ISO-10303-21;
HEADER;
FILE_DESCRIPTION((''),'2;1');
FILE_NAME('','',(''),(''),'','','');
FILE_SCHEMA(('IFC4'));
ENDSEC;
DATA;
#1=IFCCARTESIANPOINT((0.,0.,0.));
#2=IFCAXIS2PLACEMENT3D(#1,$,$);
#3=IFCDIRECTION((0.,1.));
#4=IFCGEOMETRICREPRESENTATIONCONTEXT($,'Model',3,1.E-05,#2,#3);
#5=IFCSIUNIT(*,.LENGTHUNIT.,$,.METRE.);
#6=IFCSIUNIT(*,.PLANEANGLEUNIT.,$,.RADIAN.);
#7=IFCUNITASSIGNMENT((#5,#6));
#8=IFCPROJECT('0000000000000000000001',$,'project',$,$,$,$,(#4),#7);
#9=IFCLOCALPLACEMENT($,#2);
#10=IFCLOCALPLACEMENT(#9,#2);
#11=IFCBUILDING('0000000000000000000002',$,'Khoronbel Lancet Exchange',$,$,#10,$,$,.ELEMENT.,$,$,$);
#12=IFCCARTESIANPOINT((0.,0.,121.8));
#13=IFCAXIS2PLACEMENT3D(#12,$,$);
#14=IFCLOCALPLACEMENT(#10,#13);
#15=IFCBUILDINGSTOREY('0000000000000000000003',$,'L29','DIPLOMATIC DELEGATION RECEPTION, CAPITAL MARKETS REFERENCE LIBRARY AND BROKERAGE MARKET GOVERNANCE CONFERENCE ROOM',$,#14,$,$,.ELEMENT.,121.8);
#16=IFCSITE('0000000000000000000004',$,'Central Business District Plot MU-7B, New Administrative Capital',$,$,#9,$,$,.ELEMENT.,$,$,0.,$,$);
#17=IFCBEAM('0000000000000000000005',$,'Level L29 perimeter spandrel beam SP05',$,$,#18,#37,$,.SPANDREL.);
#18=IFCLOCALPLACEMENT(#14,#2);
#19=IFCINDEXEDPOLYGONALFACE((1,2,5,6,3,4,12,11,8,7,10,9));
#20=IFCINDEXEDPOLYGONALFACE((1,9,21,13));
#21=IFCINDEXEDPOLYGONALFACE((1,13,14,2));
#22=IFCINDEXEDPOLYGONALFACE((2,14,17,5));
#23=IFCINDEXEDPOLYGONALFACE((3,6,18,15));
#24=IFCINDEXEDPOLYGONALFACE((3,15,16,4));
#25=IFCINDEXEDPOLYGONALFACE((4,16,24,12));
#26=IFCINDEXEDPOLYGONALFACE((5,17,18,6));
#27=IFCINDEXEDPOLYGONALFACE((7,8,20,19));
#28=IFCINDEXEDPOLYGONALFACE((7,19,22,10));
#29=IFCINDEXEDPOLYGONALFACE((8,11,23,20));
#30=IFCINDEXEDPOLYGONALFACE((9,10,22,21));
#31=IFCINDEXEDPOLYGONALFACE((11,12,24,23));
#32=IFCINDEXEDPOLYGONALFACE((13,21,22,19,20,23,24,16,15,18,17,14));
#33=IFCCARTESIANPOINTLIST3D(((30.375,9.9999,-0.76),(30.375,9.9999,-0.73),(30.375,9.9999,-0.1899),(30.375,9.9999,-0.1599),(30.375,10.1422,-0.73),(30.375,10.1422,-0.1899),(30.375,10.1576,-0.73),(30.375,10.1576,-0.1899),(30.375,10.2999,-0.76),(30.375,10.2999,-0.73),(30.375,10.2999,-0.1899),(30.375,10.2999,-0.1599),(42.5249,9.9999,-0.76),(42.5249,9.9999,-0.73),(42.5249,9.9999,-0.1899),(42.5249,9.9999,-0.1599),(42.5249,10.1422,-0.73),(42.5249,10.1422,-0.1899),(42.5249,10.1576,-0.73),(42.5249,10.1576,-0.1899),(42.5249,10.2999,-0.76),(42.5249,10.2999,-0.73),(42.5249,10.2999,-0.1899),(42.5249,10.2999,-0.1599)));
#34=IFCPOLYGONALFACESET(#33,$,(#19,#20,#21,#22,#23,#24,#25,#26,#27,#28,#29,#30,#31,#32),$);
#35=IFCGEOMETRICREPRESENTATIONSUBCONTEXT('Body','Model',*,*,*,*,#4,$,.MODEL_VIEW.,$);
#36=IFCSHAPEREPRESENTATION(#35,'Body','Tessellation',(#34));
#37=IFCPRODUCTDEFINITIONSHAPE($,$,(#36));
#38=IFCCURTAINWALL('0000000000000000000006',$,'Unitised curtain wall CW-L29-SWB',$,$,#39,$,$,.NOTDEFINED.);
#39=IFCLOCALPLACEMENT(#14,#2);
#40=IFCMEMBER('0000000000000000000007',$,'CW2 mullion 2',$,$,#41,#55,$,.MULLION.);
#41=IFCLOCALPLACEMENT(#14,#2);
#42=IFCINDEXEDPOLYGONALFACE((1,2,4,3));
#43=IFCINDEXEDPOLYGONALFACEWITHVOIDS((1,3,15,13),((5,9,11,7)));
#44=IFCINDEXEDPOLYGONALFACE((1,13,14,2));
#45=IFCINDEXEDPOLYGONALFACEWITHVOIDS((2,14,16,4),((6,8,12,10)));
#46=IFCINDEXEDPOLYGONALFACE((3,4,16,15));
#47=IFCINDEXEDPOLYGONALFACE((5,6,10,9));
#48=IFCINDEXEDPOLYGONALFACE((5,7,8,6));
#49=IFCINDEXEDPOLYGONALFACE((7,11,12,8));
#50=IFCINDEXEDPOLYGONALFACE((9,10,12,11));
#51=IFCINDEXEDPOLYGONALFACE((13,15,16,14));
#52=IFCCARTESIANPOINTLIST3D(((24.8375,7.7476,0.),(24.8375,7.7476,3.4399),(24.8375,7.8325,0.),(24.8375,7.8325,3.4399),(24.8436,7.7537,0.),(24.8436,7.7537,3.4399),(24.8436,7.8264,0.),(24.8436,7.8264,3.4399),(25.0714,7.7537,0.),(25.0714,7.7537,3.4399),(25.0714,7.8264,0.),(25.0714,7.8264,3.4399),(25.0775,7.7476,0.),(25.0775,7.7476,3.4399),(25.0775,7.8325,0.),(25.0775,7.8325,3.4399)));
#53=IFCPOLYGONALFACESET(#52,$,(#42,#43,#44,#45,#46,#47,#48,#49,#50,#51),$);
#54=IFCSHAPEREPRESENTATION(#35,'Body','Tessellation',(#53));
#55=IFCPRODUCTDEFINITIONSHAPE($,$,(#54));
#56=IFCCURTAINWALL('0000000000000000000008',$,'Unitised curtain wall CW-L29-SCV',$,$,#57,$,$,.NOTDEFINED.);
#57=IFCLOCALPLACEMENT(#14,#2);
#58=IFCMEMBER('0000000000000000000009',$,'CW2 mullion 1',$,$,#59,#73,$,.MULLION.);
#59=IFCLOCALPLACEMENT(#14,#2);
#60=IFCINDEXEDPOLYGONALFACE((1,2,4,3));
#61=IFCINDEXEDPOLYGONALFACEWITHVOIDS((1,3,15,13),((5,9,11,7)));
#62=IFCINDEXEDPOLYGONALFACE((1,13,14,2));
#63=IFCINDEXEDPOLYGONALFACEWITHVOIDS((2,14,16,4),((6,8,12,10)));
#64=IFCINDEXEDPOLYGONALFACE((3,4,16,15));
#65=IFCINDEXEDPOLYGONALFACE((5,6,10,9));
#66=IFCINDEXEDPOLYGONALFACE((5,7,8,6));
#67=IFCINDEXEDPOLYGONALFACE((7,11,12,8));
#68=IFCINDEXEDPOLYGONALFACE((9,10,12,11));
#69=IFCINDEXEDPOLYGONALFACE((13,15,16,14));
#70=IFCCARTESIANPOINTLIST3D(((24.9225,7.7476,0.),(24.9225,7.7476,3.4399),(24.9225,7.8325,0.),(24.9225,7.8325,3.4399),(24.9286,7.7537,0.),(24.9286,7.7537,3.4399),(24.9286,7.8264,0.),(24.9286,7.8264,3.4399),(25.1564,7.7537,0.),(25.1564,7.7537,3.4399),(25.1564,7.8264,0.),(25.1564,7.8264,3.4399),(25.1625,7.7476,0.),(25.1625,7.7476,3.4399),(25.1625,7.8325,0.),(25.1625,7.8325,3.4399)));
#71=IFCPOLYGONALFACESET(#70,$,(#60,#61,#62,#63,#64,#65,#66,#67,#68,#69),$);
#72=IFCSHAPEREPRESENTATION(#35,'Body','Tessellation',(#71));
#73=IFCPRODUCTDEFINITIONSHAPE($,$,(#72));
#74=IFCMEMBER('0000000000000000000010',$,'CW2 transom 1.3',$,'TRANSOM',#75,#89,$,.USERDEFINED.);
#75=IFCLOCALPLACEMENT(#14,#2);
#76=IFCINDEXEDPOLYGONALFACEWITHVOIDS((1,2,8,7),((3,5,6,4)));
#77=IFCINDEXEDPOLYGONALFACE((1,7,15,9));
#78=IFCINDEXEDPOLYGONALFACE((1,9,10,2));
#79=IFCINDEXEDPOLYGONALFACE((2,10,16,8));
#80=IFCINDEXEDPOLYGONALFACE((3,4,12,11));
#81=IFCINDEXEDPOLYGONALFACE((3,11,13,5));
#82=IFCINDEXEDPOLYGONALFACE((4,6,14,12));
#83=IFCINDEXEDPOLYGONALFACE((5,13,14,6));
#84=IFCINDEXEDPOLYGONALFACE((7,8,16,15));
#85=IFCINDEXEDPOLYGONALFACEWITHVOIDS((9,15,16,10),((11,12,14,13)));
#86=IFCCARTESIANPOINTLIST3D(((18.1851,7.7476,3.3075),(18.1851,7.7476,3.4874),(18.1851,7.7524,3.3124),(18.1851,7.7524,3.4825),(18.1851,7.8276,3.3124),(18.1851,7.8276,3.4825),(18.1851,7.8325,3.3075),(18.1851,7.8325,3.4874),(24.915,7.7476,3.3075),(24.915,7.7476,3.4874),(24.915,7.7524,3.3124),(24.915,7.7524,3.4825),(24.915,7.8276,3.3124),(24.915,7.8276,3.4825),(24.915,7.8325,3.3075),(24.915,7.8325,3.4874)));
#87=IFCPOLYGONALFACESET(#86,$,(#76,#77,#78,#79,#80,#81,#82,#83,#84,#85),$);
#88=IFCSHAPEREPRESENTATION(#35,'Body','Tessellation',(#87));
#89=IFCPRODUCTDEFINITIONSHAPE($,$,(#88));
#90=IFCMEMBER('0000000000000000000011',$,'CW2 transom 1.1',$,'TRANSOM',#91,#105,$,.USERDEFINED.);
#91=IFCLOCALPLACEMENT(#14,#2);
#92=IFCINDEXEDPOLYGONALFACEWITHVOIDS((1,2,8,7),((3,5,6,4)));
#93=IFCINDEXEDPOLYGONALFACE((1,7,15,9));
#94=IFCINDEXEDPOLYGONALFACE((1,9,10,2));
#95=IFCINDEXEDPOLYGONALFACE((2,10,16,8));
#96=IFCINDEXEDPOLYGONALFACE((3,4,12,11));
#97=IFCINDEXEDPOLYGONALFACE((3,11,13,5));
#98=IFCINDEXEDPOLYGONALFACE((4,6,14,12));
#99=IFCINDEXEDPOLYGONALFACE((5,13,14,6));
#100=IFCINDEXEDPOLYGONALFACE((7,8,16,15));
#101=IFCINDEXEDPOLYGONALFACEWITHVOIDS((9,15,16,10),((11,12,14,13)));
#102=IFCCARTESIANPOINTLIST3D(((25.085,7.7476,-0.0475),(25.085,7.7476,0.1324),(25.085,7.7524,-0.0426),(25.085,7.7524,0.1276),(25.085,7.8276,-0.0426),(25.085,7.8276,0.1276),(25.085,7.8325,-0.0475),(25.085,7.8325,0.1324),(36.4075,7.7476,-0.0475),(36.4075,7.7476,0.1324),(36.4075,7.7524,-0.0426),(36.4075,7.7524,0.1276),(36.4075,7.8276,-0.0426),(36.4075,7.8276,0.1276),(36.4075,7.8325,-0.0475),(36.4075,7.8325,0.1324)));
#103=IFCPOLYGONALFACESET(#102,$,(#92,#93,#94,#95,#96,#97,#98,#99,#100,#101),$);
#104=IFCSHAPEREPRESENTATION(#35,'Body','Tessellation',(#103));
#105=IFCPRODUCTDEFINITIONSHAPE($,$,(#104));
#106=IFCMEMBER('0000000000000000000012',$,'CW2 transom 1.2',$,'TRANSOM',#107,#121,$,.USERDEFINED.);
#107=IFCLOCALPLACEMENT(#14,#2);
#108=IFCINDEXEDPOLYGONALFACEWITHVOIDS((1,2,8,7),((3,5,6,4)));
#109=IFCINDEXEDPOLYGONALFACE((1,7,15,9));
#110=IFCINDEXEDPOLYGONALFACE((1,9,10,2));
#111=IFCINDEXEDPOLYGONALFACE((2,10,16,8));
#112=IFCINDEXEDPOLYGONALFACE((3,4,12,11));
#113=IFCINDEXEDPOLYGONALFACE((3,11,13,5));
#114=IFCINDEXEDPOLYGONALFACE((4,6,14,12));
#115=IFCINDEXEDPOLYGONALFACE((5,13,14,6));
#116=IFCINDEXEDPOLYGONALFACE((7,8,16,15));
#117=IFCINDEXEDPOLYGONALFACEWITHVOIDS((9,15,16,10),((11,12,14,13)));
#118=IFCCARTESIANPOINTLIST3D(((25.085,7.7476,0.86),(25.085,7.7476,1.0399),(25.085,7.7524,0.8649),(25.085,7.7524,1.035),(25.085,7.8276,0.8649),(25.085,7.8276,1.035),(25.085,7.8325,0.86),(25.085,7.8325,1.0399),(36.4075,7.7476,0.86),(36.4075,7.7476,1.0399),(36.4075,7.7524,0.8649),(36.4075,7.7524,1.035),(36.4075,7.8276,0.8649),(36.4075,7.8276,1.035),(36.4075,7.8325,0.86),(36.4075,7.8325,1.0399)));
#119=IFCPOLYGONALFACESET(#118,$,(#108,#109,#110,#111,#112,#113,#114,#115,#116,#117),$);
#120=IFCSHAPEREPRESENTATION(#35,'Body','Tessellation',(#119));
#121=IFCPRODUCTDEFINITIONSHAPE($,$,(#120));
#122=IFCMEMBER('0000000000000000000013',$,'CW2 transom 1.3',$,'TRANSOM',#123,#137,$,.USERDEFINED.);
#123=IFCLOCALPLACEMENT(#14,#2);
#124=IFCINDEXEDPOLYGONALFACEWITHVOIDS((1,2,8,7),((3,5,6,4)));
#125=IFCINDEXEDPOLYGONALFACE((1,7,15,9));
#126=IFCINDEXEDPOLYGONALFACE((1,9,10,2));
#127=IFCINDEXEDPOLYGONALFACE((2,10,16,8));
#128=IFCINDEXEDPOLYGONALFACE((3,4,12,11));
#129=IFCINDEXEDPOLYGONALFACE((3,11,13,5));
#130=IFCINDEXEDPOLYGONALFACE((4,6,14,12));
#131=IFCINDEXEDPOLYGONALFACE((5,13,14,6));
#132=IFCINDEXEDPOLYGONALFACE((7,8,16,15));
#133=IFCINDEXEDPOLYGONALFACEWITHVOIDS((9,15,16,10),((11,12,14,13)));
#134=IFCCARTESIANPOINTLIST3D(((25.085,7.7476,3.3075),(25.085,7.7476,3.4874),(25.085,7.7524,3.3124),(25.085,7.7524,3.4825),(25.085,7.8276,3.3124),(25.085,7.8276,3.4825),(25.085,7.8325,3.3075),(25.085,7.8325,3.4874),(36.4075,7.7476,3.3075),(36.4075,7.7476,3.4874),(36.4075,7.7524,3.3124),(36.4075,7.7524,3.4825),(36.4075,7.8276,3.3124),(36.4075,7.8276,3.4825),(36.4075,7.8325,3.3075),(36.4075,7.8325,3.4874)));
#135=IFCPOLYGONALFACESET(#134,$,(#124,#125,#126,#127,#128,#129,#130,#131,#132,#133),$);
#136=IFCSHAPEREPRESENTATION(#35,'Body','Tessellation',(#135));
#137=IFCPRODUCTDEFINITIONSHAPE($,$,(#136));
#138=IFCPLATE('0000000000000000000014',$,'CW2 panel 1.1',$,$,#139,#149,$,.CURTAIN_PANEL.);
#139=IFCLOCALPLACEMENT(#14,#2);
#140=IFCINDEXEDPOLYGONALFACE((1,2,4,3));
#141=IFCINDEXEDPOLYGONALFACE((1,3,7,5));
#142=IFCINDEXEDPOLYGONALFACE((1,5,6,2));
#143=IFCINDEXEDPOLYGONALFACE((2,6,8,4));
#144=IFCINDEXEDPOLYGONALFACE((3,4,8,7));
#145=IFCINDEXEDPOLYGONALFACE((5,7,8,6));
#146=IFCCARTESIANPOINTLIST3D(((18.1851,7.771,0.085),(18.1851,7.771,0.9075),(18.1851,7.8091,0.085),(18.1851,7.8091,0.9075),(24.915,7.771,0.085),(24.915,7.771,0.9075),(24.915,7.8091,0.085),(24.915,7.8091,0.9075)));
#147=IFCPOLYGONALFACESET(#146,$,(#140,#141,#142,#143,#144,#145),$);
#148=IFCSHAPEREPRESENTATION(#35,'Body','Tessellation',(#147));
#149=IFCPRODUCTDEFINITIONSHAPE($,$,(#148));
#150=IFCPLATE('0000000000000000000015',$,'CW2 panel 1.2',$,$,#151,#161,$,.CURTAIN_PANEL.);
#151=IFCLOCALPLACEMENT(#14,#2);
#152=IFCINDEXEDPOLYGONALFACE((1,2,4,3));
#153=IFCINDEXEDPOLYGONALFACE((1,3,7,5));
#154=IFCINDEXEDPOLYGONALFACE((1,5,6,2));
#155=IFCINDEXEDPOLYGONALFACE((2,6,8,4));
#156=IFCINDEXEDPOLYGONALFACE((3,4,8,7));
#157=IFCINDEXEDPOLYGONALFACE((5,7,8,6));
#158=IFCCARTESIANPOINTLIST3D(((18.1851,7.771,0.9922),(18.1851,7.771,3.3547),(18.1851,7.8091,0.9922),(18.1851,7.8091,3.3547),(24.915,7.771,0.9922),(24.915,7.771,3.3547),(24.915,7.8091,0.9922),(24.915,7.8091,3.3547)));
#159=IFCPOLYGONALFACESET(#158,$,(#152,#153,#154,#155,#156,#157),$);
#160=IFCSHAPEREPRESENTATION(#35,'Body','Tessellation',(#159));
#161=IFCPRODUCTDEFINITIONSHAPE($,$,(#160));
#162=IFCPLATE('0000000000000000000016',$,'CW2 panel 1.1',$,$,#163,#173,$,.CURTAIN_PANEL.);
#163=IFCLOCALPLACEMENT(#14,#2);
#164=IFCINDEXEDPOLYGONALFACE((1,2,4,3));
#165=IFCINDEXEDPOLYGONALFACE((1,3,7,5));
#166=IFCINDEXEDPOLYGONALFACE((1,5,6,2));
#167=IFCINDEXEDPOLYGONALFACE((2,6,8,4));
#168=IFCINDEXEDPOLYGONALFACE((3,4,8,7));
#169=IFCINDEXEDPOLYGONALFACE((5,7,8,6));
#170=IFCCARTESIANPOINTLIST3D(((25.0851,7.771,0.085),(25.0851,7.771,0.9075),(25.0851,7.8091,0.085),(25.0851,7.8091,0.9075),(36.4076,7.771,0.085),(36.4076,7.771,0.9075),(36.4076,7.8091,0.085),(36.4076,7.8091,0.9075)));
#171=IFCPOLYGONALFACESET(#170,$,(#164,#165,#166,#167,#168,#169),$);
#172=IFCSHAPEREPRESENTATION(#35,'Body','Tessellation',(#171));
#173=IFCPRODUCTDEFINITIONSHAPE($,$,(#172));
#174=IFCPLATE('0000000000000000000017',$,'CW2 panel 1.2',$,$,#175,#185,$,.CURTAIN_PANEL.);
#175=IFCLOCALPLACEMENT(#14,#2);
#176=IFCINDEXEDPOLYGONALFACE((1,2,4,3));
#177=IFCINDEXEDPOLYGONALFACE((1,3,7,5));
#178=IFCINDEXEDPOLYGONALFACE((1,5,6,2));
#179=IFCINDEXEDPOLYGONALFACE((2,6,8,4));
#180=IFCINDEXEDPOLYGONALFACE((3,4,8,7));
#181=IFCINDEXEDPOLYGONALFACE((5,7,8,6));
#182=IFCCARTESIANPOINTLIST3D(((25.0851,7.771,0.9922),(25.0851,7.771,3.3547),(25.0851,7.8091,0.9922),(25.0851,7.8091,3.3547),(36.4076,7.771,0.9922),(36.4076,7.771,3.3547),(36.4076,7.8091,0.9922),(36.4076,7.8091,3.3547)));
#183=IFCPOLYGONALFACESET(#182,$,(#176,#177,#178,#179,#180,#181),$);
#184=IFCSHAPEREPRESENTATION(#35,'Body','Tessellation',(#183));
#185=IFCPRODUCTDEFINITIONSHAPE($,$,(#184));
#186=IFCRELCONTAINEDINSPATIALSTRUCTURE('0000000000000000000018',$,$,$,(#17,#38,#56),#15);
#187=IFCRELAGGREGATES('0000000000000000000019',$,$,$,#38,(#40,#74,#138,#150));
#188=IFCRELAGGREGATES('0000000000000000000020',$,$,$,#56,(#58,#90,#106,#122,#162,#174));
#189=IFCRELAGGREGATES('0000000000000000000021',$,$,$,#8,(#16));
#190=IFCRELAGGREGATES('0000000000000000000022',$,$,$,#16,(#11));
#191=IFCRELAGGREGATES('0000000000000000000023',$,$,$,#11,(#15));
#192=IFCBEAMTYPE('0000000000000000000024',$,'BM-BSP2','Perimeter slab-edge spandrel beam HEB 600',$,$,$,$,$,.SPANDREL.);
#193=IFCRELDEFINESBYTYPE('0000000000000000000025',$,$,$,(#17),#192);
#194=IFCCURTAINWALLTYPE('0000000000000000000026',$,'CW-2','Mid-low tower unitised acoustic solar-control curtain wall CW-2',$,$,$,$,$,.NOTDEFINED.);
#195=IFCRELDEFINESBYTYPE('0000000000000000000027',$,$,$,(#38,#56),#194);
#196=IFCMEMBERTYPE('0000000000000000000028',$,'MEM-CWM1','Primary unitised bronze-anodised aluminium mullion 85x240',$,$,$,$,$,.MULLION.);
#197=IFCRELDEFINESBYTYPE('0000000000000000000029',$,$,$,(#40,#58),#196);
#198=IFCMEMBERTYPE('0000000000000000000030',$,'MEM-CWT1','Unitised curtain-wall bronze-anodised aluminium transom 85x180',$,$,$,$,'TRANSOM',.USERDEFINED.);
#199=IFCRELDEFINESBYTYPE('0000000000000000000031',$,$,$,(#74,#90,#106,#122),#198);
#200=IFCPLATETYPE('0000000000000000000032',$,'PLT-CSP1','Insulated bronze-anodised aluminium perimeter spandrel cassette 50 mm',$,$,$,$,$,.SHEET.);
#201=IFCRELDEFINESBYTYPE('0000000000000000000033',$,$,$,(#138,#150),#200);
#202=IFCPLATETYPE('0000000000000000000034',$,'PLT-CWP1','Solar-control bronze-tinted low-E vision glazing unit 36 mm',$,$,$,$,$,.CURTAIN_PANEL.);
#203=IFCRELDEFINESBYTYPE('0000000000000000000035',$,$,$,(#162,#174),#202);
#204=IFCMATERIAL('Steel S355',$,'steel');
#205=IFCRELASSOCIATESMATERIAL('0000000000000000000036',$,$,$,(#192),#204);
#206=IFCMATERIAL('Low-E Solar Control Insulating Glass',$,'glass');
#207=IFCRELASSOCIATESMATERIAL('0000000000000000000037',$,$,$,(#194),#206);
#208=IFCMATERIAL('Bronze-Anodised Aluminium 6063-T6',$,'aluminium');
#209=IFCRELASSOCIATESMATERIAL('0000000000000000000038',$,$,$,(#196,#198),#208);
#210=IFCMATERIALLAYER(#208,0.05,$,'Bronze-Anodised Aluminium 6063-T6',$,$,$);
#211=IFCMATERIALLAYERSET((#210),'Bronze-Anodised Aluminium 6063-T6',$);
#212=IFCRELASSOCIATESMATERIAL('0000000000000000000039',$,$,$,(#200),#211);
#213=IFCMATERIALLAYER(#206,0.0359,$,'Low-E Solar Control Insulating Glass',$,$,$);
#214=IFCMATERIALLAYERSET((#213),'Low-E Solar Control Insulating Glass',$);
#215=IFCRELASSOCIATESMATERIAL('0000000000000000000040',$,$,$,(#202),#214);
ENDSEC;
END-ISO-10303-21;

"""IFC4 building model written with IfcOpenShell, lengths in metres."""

from ifc_helpers import new_model, si_unit, direction, frame, origin, origin_2d, place, context, subcontext, project, spatial, rectangle, hollow_rectangle, i_section, extrude, material, layer, layer_set, material_profile, profile_set, type_object, element, aggregate, save


model = new_model("IFC4")

# Units and contexts
model_context = context("Model", 3, precision=1e-05, world=origin(), true_north=direction((0.0, 1.0)))
body_context = subcontext(model_context, "Body", "Model", "MODEL_VIEW")
ifc_project = project(units=[si_unit("LENGTHUNIT", "METRE"), si_unit("PLANEANGLEUNIT", "RADIAN")], contexts=[model_context])

# Site, building, storey
site_placement = place(None, origin())
site = spatial("IfcSite", under=ifc_project, at=site_placement, Name="Central Business District Plot MU-7B, New Administrative Capital", CompositionType="ELEMENT", RefElevation=0.0)
building_placement = place(site_placement, origin())
building = spatial("IfcBuilding", under=site, at=building_placement, Name="Khoronbel Lancet Exchange", CompositionType="ELEMENT")
storey_placement = place(building_placement, frame((0.0, 0.0, 121.8)))
storey = spatial("IfcBuildingStorey", under=building, at=storey_placement, Name="L29", Description="DIPLOMATIC DELEGATION RECEPTION, CAPITAL MARKETS REFERENCE LIBRARY AND BROKERAGE MARKET GOVERNANCE CONFERENCE ROOM", CompositionType="ELEMENT", Elevation=121.8)

# Beam
ifc_material_1 = material(Name="Steel S355", Category="steel")
ifc_material_profile_1 = material_profile(ifc_material_1, i_section(OverallWidth=0.3, OverallDepth=0.6001, WebThickness=0.0154, FlangeThickness=0.03, at=origin_2d()), Name="HEB 600")
ifc_profile_set_1 = profile_set([ifc_material_profile_1], Name="Steel S355")
beam_type_1 = type_object("IfcBeamType", Name="BM-BSP2", Description="Perimeter slab-edge spandrel beam HEB 600", PredefinedType="SPANDREL", material=ifc_profile_set_1)
beam_1_placement = place(storey_placement, frame((30.375, 10.1499, -0.46), z_axis=(1.0, 0.0, 0.0), x_axis=(0.0, 1.0, 0.0)))
element("IfcBeam", 1, at=beam_1_placement, inside=storey, type_object=beam_type_1, Name="Level L29 perimeter spandrel beam SP05", PredefinedType="SPANDREL", context=body_context, shape_type="SweptSolid", body=[
    extrude(i_section(OverallWidth=0.3, OverallDepth=0.6001, WebThickness=0.0154, FlangeThickness=0.03, at=origin_2d()), origin(), (0.0, 0.0, 1.0), 12.1499),
])

# Curtain walls, members
ifc_material_2 = material(Name="Low-E Solar Control Insulating Glass", Category="glass")
curtain_wall_type = type_object("IfcCurtainWallType", Name="CW-2", Description="Mid-low tower unitised acoustic solar-control curtain wall CW-2", PredefinedType="NOTDEFINED", material=ifc_material_2)
curtain_wall_1_placement = place(storey_placement, origin())
curtain_wall_1 = element("IfcCurtainWall", 2, at=curtain_wall_1_placement, inside=storey, type_object=curtain_wall_type, Name="Unitised curtain wall CW-L29-SWB", PredefinedType="NOTDEFINED")
ifc_material_3 = material(Name="Bronze-Anodised Aluminium 6063-T6", Category="aluminium")
ifc_material_profile_2 = material_profile(ifc_material_3, hollow_rectangle(XDim=0.085, YDim=0.24, WallThickness=0.0061, at=origin_2d()), Name="ALU MULLION 85x240")
ifc_profile_set_2 = profile_set([ifc_material_profile_2], Name="Bronze-Anodised Aluminium 6063-T6")
member_type_1 = type_object("IfcMemberType", Name="MEM-CWM1", Description="Primary unitised bronze-anodised aluminium mullion 85x240", PredefinedType="MULLION", material=ifc_profile_set_2)
member_1_placement = place(storey_placement, frame((24.9575, 7.79, 0.0), z_axis=(0.0, 0.0, 1.0), x_axis=(0.0, 1.0, 0.0)))
member_1 = element("IfcMember", 3, at=member_1_placement, type_object=member_type_1, Name="CW2 mullion 2", PredefinedType="MULLION", context=body_context, shape_type="SweptSolid", body=[
    extrude(hollow_rectangle(XDim=0.085, YDim=0.24, WallThickness=0.0061, at=origin_2d()), origin(), (0.0, 0.0, 1.0), 3.4399),
])
curtain_wall_2_placement = place(storey_placement, origin())
curtain_wall_2 = element("IfcCurtainWall", 4, at=curtain_wall_2_placement, inside=storey, type_object=curtain_wall_type, Name="Unitised curtain wall CW-L29-SCV", PredefinedType="NOTDEFINED")
member_2_placement = place(storey_placement, frame((25.0425, 7.79, 0.0), z_axis=(0.0, 0.0, 1.0), x_axis=(0.0, 1.0, 0.0)))
member_2 = element("IfcMember", 5, at=member_2_placement, type_object=member_type_1, Name="CW2 mullion 1", PredefinedType="MULLION", context=body_context, shape_type="SweptSolid", body=[
    extrude(hollow_rectangle(XDim=0.085, YDim=0.24, WallThickness=0.0061, at=origin_2d()), origin(), (0.0, 0.0, 1.0), 3.4399),
])

# Members
ifc_material_profile_3 = material_profile(ifc_material_3, hollow_rectangle(XDim=0.085, YDim=0.1799, WallThickness=0.0049, at=origin_2d()), Name="ALU TRANSOM 85x180")
ifc_profile_set_3 = profile_set([ifc_material_profile_3], Name="Bronze-Anodised Aluminium 6063-T6")
member_type_2 = type_object("IfcMemberType", Name="MEM-CWT1", Description="Unitised curtain-wall bronze-anodised aluminium transom 85x180", ElementType="TRANSOM", PredefinedType="USERDEFINED", material=ifc_profile_set_3)
member_3_placement = place(storey_placement, frame((18.1851, 7.79, 3.3975), z_axis=(1.0, 0.0, 0.0), x_axis=(0.0, 1.0, 0.0)))
member_3 = element("IfcMember", 6, at=member_3_placement, type_object=member_type_2, Name="CW2 transom 1.3", ObjectType="TRANSOM", PredefinedType="USERDEFINED", context=body_context, shape_type="SweptSolid", body=[
    extrude(hollow_rectangle(XDim=0.085, YDim=0.1799, WallThickness=0.0049, at=origin_2d()), origin(), (0.0, 0.0, 1.0), 6.73),
])
member_4_placement = place(storey_placement, frame((25.085, 7.79, 0.0425), z_axis=(1.0, 0.0, 0.0), x_axis=(0.0, 1.0, 0.0)))
member_4 = element("IfcMember", 7, at=member_4_placement, type_object=member_type_2, Name="CW2 transom 1.1", ObjectType="TRANSOM", PredefinedType="USERDEFINED", context=body_context, shape_type="SweptSolid", body=[
    extrude(hollow_rectangle(XDim=0.085, YDim=0.1799, WallThickness=0.0049, at=origin_2d()), origin(), (0.0, 0.0, 1.0), 11.3225),
])
member_5_placement = place(storey_placement, frame((25.085, 7.79, 0.95), z_axis=(1.0, 0.0, 0.0), x_axis=(0.0, 1.0, 0.0)))
member_5 = element("IfcMember", 8, at=member_5_placement, type_object=member_type_2, Name="CW2 transom 1.2", ObjectType="TRANSOM", PredefinedType="USERDEFINED", context=body_context, shape_type="SweptSolid", body=[
    extrude(hollow_rectangle(XDim=0.085, YDim=0.1799, WallThickness=0.0049, at=origin_2d()), origin(), (0.0, 0.0, 1.0), 11.3225),
])
member_6_placement = place(storey_placement, frame((25.085, 7.79, 3.3975), z_axis=(1.0, 0.0, 0.0), x_axis=(0.0, 1.0, 0.0)))
member_6 = element("IfcMember", 9, at=member_6_placement, type_object=member_type_2, Name="CW2 transom 1.3", ObjectType="TRANSOM", PredefinedType="USERDEFINED", context=body_context, shape_type="SweptSolid", body=[
    extrude(hollow_rectangle(XDim=0.085, YDim=0.1799, WallThickness=0.0049, at=origin_2d()), origin(), (0.0, 0.0, 1.0), 11.3225),
])

# Plates
ifc_layer_1 = layer(ifc_material_3, 0.05, Name="Bronze-Anodised Aluminium 6063-T6")
ifc_layer_set_1 = layer_set([ifc_layer_1], Name="Bronze-Anodised Aluminium 6063-T6")
plate_type_1 = type_object("IfcPlateType", Name="PLT-CSP1", Description="Insulated bronze-anodised aluminium perimeter spandrel cassette 50 mm", PredefinedType="SHEET", material=ifc_layer_set_1)
plate_1_placement = place(storey_placement, frame((21.55, 7.79, 0.085), z_axis=(0.0, 0.0, 1.0), x_axis=(1.0, 0.0, 0.0)))
plate_1 = element("IfcPlate", 10, at=plate_1_placement, type_object=plate_type_1, Name="CW2 panel 1.1", PredefinedType="CURTAIN_PANEL", context=body_context, shape_type="SweptSolid", body=[
    extrude(rectangle(XDim=6.73, YDim=0.0381, at=origin_2d()), origin(), (0.0, 0.0, 1.0), 0.8225),
])
plate_2_placement = place(storey_placement, frame((21.55, 7.79, 0.9922), z_axis=(0.0, 0.0, 1.0), x_axis=(1.0, 0.0, 0.0)))
plate_2 = element("IfcPlate", 11, at=plate_2_placement, type_object=plate_type_1, Name="CW2 panel 1.2", PredefinedType="CURTAIN_PANEL", context=body_context, shape_type="SweptSolid", body=[
    extrude(rectangle(XDim=6.73, YDim=0.0381, at=origin_2d()), origin(), (0.0, 0.0, 1.0), 2.3625),
])
aggregate(curtain_wall_1, [member_1, member_3, plate_1, plate_2])
ifc_layer_2 = layer(ifc_material_2, 0.0359, Name="Low-E Solar Control Insulating Glass")
ifc_layer_set_2 = layer_set([ifc_layer_2], Name="Low-E Solar Control Insulating Glass")
plate_type_2 = type_object("IfcPlateType", Name="PLT-CWP1", Description="Solar-control bronze-tinted low-E vision glazing unit 36 mm", PredefinedType="CURTAIN_PANEL", material=ifc_layer_set_2)
plate_3_placement = place(storey_placement, frame((30.7463, 7.79, 0.085), z_axis=(0.0, 0.0, 1.0), x_axis=(1.0, 0.0, 0.0)))
plate_3 = element("IfcPlate", 12, at=plate_3_placement, type_object=plate_type_2, Name="CW2 panel 1.1", PredefinedType="CURTAIN_PANEL", context=body_context, shape_type="SweptSolid", body=[
    extrude(rectangle(XDim=11.3225, YDim=0.0381, at=origin_2d()), origin(), (0.0, 0.0, 1.0), 0.8225),
])
plate_4_placement = place(storey_placement, frame((30.7463, 7.79, 0.9922), z_axis=(0.0, 0.0, 1.0), x_axis=(1.0, 0.0, 0.0)))
plate_4 = element("IfcPlate", 13, at=plate_4_placement, type_object=plate_type_2, Name="CW2 panel 1.2", PredefinedType="CURTAIN_PANEL", context=body_context, shape_type="SweptSolid", body=[
    extrude(rectangle(XDim=11.3225, YDim=0.0381, at=origin_2d()), origin(), (0.0, 0.0, 1.0), 2.3625),
])
aggregate(curtain_wall_2, [member_2, member_4, member_5, member_6, plate_3, plate_4])

save(model, "model.ifc")
